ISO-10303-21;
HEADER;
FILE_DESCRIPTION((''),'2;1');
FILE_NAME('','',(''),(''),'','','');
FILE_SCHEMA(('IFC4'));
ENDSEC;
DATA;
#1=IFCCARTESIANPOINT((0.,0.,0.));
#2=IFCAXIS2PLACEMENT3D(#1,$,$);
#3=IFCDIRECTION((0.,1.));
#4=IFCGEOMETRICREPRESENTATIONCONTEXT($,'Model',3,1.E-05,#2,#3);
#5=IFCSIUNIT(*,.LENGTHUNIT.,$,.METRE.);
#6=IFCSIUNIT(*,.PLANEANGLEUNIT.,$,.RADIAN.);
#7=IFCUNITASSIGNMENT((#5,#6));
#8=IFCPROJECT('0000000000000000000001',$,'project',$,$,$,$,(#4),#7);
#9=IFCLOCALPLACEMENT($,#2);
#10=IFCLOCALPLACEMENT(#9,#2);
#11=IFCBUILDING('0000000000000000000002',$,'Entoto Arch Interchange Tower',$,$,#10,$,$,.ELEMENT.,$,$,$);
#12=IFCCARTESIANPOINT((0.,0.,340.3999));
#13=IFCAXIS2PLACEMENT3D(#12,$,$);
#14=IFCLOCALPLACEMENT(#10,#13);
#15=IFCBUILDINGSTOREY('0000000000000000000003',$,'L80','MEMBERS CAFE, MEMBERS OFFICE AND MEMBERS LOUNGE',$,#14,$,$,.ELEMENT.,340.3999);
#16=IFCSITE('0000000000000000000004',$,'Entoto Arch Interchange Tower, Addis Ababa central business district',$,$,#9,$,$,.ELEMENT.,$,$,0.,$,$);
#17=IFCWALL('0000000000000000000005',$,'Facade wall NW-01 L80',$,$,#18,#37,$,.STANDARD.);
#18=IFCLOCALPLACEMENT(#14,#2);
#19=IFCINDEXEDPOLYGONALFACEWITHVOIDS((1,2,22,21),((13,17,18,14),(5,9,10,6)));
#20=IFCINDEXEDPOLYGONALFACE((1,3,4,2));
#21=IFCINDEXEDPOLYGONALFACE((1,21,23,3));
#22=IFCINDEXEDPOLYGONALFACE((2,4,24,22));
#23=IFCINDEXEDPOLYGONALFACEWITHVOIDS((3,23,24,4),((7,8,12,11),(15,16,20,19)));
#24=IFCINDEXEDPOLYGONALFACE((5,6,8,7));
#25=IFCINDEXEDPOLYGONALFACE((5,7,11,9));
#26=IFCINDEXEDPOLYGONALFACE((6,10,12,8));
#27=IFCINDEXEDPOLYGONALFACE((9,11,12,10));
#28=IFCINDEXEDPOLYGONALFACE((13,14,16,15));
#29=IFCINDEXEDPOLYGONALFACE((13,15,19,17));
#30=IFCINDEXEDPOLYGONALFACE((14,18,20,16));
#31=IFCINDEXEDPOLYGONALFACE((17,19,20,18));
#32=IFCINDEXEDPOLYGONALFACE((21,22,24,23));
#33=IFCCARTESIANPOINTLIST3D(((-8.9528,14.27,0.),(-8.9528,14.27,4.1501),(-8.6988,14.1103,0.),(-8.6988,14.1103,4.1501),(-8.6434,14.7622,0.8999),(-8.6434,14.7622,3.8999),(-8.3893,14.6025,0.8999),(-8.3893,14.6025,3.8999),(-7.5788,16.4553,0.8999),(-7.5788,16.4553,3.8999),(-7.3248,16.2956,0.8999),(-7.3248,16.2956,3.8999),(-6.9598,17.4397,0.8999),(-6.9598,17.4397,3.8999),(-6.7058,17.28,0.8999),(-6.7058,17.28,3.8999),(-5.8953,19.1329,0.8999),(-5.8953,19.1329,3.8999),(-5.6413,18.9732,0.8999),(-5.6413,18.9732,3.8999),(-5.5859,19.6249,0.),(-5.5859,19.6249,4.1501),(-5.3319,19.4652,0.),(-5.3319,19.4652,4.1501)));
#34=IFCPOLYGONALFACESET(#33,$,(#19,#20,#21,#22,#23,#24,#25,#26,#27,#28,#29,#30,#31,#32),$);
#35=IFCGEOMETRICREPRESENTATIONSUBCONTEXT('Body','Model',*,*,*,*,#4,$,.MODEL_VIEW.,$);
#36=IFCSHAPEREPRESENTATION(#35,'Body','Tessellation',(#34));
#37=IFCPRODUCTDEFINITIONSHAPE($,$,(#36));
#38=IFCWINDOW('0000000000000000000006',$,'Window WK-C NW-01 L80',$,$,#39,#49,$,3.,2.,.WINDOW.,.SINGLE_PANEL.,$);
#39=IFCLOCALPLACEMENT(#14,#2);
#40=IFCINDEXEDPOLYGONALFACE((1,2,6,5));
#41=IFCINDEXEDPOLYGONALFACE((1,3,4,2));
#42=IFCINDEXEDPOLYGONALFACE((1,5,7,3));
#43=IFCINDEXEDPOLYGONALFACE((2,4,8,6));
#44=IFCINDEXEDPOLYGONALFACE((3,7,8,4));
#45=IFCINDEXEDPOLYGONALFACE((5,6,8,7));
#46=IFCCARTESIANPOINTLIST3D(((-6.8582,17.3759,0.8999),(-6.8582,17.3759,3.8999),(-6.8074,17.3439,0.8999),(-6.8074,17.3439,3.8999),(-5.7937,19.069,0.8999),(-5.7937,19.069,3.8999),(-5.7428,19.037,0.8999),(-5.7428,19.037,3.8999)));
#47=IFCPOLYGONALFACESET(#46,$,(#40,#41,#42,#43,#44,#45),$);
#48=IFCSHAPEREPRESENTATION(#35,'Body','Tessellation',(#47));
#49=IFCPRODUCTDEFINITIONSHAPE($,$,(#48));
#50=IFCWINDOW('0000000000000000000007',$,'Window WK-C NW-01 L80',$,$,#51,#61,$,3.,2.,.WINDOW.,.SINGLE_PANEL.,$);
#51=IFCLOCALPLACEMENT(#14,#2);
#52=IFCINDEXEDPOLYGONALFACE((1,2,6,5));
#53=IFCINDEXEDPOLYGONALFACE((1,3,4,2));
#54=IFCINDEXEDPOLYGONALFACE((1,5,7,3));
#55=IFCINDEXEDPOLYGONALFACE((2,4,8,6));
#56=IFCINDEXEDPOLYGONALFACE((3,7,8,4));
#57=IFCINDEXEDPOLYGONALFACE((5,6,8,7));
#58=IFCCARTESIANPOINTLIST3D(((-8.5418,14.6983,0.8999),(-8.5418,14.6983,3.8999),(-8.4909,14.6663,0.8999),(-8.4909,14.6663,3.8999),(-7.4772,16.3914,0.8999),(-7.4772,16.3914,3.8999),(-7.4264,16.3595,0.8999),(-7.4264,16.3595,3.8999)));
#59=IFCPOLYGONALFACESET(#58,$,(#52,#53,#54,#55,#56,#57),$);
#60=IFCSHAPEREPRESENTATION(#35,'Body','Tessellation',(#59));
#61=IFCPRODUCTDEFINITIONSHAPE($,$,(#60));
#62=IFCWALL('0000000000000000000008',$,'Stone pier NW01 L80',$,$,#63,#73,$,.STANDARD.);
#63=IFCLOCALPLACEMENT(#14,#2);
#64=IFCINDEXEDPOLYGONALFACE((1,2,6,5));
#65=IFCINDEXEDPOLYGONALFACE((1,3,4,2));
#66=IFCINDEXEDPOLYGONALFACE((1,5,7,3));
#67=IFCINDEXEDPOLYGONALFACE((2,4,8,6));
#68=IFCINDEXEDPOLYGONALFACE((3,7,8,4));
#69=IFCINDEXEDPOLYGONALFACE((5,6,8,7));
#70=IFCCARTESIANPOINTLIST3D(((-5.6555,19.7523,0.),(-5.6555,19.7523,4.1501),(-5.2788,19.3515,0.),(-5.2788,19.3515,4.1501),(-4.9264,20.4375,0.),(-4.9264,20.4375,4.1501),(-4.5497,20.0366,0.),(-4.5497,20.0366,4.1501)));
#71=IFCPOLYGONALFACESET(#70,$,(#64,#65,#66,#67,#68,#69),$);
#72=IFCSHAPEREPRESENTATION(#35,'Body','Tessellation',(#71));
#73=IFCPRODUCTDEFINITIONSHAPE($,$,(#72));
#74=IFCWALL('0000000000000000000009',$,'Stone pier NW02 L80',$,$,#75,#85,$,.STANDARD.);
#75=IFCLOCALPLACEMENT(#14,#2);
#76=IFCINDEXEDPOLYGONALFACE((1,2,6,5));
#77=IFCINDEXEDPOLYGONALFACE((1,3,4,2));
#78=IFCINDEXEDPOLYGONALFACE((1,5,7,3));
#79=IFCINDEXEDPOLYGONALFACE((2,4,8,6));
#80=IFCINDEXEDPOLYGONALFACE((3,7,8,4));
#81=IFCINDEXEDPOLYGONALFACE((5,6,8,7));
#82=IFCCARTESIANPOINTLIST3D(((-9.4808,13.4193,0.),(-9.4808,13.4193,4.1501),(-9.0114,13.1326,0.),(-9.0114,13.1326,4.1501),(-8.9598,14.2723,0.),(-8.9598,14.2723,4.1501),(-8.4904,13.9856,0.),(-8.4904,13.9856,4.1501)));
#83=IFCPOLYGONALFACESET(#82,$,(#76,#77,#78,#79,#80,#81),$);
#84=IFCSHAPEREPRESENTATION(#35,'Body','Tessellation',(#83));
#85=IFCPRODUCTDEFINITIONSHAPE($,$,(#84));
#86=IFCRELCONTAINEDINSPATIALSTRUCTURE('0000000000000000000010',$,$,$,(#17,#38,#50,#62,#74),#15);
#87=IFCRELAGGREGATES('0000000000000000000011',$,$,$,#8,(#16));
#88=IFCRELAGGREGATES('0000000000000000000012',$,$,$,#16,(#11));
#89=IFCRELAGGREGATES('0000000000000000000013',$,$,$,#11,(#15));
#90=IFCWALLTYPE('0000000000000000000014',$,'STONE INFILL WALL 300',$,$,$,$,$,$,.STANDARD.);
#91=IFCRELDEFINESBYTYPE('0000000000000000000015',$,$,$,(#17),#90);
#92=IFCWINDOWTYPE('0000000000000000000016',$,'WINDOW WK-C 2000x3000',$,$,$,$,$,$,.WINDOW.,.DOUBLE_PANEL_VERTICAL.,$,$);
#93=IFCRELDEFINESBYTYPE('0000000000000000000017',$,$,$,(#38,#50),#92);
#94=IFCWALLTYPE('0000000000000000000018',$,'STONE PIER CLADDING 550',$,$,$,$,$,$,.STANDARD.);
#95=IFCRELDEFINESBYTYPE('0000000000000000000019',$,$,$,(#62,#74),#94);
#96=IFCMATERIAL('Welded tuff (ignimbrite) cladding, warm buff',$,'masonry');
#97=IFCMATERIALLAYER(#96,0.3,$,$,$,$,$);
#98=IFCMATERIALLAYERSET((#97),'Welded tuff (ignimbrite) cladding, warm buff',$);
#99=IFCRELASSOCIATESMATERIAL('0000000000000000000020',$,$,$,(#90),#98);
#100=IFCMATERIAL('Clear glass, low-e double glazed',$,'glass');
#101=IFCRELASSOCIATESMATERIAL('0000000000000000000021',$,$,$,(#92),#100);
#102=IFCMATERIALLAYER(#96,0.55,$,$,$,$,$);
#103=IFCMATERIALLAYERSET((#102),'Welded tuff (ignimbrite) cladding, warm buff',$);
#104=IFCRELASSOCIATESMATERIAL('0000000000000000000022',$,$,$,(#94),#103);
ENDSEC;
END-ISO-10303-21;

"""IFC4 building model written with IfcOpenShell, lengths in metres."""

from ifc_helpers import new_model, si_unit, direction, frame, frame_2d, origin, place, context, subcontext, project, spatial, rectangle, extrude, material, layer, layer_set, type_object, element, fill, save


model = new_model("IFC4")

# Units and contexts
model_context = context("Model", 3, precision=1e-05, world=origin(), true_north=direction((0.0, 1.0)))
body_context = subcontext(model_context, "Body", "Model", "MODEL_VIEW")
ifc_project = project(units=[si_unit("LENGTHUNIT", "METRE"), si_unit("PLANEANGLEUNIT", "RADIAN")], contexts=[model_context])

# Site, building, storey
site_placement = place(None, origin())
site = spatial("IfcSite", under=ifc_project, at=site_placement, Name="Entoto Arch Interchange Tower, Addis Ababa central business district", CompositionType="ELEMENT", RefElevation=0.0)
building_placement = place(site_placement, origin())
building = spatial("IfcBuilding", under=site, at=building_placement, Name="Entoto Arch Interchange Tower", CompositionType="ELEMENT")
storey_placement = place(building_placement, frame((0.0, 0.0, 340.3999)))
storey = spatial("IfcBuildingStorey", under=building, at=storey_placement, Name="L80", Description="MEMBERS CAFE, MEMBERS OFFICE AND MEMBERS LOUNGE", CompositionType="ELEMENT", Elevation=340.3999)

# Shared definitions
ifc_material_1 = material(Name="Welded tuff (ignimbrite) cladding, warm buff", Category="masonry")
ifc_layer_1 = layer(ifc_material_1, 0.3)
ifc_layer_set_1 = layer_set([ifc_layer_1], Name="Welded tuff (ignimbrite) cladding, warm buff")
wall_type_1 = type_object("IfcWallType", Name="STONE INFILL WALL 300", PredefinedType="STANDARD", material=ifc_layer_set_1)
ifc_material_2 = material(Name="Clear glass, low-e double glazed", Category="glass")

# Wall, openings, windows
wall_1_placement = place(storey_placement, frame((-5.459, 19.5449, 0.0), z_axis=(0.0, 0.0, 1.0), x_axis=(-0.53228, -0.846568, 0.0)))
wall_1 = element("IfcWall", 1, at=wall_1_placement, inside=storey, type_object=wall_type_1, Name="Facade wall NW-01 L80", PredefinedType="STANDARD", context=body_context, shape_type="SweptSolid", body=[
    extrude(rectangle(XDim=6.3254, YDim=0.3, at=frame_2d((3.1626, 0.0))), origin(), (0.0, 0.0, 1.0), 4.1501),
])
opening_1_placement = place(wall_1_placement, frame((0.5811, 0.0, 0.8999)))
opening_1 = element("IfcOpeningElement", 2, at=opening_1_placement, cuts=wall_1, PredefinedType="OPENING", context=body_context, shape_type="SweptSolid", body=[
    extrude(rectangle(XDim=2.0, YDim=3.0, at=frame_2d((1.0, 1.5))), frame((0.0, 0.1602, 0.0), z_axis=(0.0, -1.0, 0.0), x_axis=(1.0, 0.0, 0.0)), (0.0, 0.0, 1.0), 0.3201),
])
opening_2_placement = place(wall_1_placement, frame((3.7439, 0.0, 0.8999)))
opening_2 = element("IfcOpeningElement", 3, at=opening_2_placement, cuts=wall_1, PredefinedType="OPENING", context=body_context, shape_type="SweptSolid", body=[
    extrude(rectangle(XDim=2.0, YDim=3.0, at=frame_2d((1.0, 1.5))), frame((0.0, 0.1602, 0.0), z_axis=(0.0, -1.0, 0.0), x_axis=(1.0, 0.0, 0.0)), (0.0, 0.0, 1.0), 0.3201),
])
window_type_1 = type_object("IfcWindowType", Name="WINDOW WK-C 2000x3000", PartitioningType="DOUBLE_PANEL_VERTICAL", PredefinedType="WINDOW", material=ifc_material_2)
window_1_placement = place(opening_1_placement, origin())
window_1 = element("IfcWindow", 4, at=window_1_placement, inside=storey, type_object=window_type_1, Name="Window WK-C NW-01 L80", OverallHeight=3.0, OverallWidth=2.0, PartitioningType="SINGLE_PANEL", PredefinedType="WINDOW", context=body_context, shape_type="SweptSolid", body=[
    extrude(rectangle(XDim=2.0, YDim=3.0, at=frame_2d((1.0, 1.5))), frame((0.0, 0.03, 0.0), z_axis=(0.0, -1.0, 0.0), x_axis=(1.0, 0.0, 0.0)), (0.0, 0.0, 1.0), 0.0601),
])
fill(opening_1, window_1)
window_2_placement = place(opening_2_placement, origin())
window_2 = element("IfcWindow", 5, at=window_2_placement, inside=storey, type_object=window_type_1, Name="Window WK-C NW-01 L80", OverallHeight=3.0, OverallWidth=2.0, PartitioningType="SINGLE_PANEL", PredefinedType="WINDOW", context=body_context, shape_type="SweptSolid", body=[
    extrude(rectangle(XDim=2.0, YDim=3.0, at=frame_2d((1.0, 1.5))), frame((0.0, 0.03, 0.0), z_axis=(0.0, -1.0, 0.0), x_axis=(1.0, 0.0, 0.0)), (0.0, 0.0, 1.0), 0.0601),
])
fill(opening_2, window_2)

# Walls
ifc_layer_2 = layer(ifc_material_1, 0.55)
ifc_layer_set_2 = layer_set([ifc_layer_2], Name="Welded tuff (ignimbrite) cladding, warm buff")
wall_type_2 = type_object("IfcWallType", Name="STONE PIER CLADDING 550", PredefinedType="STANDARD", material=ifc_layer_set_2)
wall_2_placement = place(storey_placement, frame((-4.738, 20.2371, 0.0), z_axis=(0.0, 0.0, 1.0), x_axis=(-0.72873, -0.684801, 0.0)))
element("IfcWall", 6, at=wall_2_placement, inside=storey, type_object=wall_type_2, Name="Stone pier NW01 L80", PredefinedType="STANDARD", context=body_context, shape_type="SweptSolid", body=[
    extrude(rectangle(XDim=1.0005, YDim=0.55, at=frame_2d((0.5002, 0.0))), origin(), (0.0, 0.0, 1.0), 4.1501),
])
wall_3_placement = place(storey_placement, frame((-8.7251, 14.1289, 0.0), z_axis=(0.0, 0.0, 1.0), x_axis=(-0.521233, -0.853415, 0.0)))
element("IfcWall", 7, at=wall_3_placement, inside=storey, type_object=wall_type_2, Name="Stone pier NW02 L80", PredefinedType="STANDARD", context=body_context, shape_type="SweptSolid", body=[
    extrude(rectangle(XDim=0.9995, YDim=0.55, at=frame_2d((0.4998, 0.0))), origin(), (0.0, 0.0, 1.0), 4.1501),
])

save(model, "model.ifc")
